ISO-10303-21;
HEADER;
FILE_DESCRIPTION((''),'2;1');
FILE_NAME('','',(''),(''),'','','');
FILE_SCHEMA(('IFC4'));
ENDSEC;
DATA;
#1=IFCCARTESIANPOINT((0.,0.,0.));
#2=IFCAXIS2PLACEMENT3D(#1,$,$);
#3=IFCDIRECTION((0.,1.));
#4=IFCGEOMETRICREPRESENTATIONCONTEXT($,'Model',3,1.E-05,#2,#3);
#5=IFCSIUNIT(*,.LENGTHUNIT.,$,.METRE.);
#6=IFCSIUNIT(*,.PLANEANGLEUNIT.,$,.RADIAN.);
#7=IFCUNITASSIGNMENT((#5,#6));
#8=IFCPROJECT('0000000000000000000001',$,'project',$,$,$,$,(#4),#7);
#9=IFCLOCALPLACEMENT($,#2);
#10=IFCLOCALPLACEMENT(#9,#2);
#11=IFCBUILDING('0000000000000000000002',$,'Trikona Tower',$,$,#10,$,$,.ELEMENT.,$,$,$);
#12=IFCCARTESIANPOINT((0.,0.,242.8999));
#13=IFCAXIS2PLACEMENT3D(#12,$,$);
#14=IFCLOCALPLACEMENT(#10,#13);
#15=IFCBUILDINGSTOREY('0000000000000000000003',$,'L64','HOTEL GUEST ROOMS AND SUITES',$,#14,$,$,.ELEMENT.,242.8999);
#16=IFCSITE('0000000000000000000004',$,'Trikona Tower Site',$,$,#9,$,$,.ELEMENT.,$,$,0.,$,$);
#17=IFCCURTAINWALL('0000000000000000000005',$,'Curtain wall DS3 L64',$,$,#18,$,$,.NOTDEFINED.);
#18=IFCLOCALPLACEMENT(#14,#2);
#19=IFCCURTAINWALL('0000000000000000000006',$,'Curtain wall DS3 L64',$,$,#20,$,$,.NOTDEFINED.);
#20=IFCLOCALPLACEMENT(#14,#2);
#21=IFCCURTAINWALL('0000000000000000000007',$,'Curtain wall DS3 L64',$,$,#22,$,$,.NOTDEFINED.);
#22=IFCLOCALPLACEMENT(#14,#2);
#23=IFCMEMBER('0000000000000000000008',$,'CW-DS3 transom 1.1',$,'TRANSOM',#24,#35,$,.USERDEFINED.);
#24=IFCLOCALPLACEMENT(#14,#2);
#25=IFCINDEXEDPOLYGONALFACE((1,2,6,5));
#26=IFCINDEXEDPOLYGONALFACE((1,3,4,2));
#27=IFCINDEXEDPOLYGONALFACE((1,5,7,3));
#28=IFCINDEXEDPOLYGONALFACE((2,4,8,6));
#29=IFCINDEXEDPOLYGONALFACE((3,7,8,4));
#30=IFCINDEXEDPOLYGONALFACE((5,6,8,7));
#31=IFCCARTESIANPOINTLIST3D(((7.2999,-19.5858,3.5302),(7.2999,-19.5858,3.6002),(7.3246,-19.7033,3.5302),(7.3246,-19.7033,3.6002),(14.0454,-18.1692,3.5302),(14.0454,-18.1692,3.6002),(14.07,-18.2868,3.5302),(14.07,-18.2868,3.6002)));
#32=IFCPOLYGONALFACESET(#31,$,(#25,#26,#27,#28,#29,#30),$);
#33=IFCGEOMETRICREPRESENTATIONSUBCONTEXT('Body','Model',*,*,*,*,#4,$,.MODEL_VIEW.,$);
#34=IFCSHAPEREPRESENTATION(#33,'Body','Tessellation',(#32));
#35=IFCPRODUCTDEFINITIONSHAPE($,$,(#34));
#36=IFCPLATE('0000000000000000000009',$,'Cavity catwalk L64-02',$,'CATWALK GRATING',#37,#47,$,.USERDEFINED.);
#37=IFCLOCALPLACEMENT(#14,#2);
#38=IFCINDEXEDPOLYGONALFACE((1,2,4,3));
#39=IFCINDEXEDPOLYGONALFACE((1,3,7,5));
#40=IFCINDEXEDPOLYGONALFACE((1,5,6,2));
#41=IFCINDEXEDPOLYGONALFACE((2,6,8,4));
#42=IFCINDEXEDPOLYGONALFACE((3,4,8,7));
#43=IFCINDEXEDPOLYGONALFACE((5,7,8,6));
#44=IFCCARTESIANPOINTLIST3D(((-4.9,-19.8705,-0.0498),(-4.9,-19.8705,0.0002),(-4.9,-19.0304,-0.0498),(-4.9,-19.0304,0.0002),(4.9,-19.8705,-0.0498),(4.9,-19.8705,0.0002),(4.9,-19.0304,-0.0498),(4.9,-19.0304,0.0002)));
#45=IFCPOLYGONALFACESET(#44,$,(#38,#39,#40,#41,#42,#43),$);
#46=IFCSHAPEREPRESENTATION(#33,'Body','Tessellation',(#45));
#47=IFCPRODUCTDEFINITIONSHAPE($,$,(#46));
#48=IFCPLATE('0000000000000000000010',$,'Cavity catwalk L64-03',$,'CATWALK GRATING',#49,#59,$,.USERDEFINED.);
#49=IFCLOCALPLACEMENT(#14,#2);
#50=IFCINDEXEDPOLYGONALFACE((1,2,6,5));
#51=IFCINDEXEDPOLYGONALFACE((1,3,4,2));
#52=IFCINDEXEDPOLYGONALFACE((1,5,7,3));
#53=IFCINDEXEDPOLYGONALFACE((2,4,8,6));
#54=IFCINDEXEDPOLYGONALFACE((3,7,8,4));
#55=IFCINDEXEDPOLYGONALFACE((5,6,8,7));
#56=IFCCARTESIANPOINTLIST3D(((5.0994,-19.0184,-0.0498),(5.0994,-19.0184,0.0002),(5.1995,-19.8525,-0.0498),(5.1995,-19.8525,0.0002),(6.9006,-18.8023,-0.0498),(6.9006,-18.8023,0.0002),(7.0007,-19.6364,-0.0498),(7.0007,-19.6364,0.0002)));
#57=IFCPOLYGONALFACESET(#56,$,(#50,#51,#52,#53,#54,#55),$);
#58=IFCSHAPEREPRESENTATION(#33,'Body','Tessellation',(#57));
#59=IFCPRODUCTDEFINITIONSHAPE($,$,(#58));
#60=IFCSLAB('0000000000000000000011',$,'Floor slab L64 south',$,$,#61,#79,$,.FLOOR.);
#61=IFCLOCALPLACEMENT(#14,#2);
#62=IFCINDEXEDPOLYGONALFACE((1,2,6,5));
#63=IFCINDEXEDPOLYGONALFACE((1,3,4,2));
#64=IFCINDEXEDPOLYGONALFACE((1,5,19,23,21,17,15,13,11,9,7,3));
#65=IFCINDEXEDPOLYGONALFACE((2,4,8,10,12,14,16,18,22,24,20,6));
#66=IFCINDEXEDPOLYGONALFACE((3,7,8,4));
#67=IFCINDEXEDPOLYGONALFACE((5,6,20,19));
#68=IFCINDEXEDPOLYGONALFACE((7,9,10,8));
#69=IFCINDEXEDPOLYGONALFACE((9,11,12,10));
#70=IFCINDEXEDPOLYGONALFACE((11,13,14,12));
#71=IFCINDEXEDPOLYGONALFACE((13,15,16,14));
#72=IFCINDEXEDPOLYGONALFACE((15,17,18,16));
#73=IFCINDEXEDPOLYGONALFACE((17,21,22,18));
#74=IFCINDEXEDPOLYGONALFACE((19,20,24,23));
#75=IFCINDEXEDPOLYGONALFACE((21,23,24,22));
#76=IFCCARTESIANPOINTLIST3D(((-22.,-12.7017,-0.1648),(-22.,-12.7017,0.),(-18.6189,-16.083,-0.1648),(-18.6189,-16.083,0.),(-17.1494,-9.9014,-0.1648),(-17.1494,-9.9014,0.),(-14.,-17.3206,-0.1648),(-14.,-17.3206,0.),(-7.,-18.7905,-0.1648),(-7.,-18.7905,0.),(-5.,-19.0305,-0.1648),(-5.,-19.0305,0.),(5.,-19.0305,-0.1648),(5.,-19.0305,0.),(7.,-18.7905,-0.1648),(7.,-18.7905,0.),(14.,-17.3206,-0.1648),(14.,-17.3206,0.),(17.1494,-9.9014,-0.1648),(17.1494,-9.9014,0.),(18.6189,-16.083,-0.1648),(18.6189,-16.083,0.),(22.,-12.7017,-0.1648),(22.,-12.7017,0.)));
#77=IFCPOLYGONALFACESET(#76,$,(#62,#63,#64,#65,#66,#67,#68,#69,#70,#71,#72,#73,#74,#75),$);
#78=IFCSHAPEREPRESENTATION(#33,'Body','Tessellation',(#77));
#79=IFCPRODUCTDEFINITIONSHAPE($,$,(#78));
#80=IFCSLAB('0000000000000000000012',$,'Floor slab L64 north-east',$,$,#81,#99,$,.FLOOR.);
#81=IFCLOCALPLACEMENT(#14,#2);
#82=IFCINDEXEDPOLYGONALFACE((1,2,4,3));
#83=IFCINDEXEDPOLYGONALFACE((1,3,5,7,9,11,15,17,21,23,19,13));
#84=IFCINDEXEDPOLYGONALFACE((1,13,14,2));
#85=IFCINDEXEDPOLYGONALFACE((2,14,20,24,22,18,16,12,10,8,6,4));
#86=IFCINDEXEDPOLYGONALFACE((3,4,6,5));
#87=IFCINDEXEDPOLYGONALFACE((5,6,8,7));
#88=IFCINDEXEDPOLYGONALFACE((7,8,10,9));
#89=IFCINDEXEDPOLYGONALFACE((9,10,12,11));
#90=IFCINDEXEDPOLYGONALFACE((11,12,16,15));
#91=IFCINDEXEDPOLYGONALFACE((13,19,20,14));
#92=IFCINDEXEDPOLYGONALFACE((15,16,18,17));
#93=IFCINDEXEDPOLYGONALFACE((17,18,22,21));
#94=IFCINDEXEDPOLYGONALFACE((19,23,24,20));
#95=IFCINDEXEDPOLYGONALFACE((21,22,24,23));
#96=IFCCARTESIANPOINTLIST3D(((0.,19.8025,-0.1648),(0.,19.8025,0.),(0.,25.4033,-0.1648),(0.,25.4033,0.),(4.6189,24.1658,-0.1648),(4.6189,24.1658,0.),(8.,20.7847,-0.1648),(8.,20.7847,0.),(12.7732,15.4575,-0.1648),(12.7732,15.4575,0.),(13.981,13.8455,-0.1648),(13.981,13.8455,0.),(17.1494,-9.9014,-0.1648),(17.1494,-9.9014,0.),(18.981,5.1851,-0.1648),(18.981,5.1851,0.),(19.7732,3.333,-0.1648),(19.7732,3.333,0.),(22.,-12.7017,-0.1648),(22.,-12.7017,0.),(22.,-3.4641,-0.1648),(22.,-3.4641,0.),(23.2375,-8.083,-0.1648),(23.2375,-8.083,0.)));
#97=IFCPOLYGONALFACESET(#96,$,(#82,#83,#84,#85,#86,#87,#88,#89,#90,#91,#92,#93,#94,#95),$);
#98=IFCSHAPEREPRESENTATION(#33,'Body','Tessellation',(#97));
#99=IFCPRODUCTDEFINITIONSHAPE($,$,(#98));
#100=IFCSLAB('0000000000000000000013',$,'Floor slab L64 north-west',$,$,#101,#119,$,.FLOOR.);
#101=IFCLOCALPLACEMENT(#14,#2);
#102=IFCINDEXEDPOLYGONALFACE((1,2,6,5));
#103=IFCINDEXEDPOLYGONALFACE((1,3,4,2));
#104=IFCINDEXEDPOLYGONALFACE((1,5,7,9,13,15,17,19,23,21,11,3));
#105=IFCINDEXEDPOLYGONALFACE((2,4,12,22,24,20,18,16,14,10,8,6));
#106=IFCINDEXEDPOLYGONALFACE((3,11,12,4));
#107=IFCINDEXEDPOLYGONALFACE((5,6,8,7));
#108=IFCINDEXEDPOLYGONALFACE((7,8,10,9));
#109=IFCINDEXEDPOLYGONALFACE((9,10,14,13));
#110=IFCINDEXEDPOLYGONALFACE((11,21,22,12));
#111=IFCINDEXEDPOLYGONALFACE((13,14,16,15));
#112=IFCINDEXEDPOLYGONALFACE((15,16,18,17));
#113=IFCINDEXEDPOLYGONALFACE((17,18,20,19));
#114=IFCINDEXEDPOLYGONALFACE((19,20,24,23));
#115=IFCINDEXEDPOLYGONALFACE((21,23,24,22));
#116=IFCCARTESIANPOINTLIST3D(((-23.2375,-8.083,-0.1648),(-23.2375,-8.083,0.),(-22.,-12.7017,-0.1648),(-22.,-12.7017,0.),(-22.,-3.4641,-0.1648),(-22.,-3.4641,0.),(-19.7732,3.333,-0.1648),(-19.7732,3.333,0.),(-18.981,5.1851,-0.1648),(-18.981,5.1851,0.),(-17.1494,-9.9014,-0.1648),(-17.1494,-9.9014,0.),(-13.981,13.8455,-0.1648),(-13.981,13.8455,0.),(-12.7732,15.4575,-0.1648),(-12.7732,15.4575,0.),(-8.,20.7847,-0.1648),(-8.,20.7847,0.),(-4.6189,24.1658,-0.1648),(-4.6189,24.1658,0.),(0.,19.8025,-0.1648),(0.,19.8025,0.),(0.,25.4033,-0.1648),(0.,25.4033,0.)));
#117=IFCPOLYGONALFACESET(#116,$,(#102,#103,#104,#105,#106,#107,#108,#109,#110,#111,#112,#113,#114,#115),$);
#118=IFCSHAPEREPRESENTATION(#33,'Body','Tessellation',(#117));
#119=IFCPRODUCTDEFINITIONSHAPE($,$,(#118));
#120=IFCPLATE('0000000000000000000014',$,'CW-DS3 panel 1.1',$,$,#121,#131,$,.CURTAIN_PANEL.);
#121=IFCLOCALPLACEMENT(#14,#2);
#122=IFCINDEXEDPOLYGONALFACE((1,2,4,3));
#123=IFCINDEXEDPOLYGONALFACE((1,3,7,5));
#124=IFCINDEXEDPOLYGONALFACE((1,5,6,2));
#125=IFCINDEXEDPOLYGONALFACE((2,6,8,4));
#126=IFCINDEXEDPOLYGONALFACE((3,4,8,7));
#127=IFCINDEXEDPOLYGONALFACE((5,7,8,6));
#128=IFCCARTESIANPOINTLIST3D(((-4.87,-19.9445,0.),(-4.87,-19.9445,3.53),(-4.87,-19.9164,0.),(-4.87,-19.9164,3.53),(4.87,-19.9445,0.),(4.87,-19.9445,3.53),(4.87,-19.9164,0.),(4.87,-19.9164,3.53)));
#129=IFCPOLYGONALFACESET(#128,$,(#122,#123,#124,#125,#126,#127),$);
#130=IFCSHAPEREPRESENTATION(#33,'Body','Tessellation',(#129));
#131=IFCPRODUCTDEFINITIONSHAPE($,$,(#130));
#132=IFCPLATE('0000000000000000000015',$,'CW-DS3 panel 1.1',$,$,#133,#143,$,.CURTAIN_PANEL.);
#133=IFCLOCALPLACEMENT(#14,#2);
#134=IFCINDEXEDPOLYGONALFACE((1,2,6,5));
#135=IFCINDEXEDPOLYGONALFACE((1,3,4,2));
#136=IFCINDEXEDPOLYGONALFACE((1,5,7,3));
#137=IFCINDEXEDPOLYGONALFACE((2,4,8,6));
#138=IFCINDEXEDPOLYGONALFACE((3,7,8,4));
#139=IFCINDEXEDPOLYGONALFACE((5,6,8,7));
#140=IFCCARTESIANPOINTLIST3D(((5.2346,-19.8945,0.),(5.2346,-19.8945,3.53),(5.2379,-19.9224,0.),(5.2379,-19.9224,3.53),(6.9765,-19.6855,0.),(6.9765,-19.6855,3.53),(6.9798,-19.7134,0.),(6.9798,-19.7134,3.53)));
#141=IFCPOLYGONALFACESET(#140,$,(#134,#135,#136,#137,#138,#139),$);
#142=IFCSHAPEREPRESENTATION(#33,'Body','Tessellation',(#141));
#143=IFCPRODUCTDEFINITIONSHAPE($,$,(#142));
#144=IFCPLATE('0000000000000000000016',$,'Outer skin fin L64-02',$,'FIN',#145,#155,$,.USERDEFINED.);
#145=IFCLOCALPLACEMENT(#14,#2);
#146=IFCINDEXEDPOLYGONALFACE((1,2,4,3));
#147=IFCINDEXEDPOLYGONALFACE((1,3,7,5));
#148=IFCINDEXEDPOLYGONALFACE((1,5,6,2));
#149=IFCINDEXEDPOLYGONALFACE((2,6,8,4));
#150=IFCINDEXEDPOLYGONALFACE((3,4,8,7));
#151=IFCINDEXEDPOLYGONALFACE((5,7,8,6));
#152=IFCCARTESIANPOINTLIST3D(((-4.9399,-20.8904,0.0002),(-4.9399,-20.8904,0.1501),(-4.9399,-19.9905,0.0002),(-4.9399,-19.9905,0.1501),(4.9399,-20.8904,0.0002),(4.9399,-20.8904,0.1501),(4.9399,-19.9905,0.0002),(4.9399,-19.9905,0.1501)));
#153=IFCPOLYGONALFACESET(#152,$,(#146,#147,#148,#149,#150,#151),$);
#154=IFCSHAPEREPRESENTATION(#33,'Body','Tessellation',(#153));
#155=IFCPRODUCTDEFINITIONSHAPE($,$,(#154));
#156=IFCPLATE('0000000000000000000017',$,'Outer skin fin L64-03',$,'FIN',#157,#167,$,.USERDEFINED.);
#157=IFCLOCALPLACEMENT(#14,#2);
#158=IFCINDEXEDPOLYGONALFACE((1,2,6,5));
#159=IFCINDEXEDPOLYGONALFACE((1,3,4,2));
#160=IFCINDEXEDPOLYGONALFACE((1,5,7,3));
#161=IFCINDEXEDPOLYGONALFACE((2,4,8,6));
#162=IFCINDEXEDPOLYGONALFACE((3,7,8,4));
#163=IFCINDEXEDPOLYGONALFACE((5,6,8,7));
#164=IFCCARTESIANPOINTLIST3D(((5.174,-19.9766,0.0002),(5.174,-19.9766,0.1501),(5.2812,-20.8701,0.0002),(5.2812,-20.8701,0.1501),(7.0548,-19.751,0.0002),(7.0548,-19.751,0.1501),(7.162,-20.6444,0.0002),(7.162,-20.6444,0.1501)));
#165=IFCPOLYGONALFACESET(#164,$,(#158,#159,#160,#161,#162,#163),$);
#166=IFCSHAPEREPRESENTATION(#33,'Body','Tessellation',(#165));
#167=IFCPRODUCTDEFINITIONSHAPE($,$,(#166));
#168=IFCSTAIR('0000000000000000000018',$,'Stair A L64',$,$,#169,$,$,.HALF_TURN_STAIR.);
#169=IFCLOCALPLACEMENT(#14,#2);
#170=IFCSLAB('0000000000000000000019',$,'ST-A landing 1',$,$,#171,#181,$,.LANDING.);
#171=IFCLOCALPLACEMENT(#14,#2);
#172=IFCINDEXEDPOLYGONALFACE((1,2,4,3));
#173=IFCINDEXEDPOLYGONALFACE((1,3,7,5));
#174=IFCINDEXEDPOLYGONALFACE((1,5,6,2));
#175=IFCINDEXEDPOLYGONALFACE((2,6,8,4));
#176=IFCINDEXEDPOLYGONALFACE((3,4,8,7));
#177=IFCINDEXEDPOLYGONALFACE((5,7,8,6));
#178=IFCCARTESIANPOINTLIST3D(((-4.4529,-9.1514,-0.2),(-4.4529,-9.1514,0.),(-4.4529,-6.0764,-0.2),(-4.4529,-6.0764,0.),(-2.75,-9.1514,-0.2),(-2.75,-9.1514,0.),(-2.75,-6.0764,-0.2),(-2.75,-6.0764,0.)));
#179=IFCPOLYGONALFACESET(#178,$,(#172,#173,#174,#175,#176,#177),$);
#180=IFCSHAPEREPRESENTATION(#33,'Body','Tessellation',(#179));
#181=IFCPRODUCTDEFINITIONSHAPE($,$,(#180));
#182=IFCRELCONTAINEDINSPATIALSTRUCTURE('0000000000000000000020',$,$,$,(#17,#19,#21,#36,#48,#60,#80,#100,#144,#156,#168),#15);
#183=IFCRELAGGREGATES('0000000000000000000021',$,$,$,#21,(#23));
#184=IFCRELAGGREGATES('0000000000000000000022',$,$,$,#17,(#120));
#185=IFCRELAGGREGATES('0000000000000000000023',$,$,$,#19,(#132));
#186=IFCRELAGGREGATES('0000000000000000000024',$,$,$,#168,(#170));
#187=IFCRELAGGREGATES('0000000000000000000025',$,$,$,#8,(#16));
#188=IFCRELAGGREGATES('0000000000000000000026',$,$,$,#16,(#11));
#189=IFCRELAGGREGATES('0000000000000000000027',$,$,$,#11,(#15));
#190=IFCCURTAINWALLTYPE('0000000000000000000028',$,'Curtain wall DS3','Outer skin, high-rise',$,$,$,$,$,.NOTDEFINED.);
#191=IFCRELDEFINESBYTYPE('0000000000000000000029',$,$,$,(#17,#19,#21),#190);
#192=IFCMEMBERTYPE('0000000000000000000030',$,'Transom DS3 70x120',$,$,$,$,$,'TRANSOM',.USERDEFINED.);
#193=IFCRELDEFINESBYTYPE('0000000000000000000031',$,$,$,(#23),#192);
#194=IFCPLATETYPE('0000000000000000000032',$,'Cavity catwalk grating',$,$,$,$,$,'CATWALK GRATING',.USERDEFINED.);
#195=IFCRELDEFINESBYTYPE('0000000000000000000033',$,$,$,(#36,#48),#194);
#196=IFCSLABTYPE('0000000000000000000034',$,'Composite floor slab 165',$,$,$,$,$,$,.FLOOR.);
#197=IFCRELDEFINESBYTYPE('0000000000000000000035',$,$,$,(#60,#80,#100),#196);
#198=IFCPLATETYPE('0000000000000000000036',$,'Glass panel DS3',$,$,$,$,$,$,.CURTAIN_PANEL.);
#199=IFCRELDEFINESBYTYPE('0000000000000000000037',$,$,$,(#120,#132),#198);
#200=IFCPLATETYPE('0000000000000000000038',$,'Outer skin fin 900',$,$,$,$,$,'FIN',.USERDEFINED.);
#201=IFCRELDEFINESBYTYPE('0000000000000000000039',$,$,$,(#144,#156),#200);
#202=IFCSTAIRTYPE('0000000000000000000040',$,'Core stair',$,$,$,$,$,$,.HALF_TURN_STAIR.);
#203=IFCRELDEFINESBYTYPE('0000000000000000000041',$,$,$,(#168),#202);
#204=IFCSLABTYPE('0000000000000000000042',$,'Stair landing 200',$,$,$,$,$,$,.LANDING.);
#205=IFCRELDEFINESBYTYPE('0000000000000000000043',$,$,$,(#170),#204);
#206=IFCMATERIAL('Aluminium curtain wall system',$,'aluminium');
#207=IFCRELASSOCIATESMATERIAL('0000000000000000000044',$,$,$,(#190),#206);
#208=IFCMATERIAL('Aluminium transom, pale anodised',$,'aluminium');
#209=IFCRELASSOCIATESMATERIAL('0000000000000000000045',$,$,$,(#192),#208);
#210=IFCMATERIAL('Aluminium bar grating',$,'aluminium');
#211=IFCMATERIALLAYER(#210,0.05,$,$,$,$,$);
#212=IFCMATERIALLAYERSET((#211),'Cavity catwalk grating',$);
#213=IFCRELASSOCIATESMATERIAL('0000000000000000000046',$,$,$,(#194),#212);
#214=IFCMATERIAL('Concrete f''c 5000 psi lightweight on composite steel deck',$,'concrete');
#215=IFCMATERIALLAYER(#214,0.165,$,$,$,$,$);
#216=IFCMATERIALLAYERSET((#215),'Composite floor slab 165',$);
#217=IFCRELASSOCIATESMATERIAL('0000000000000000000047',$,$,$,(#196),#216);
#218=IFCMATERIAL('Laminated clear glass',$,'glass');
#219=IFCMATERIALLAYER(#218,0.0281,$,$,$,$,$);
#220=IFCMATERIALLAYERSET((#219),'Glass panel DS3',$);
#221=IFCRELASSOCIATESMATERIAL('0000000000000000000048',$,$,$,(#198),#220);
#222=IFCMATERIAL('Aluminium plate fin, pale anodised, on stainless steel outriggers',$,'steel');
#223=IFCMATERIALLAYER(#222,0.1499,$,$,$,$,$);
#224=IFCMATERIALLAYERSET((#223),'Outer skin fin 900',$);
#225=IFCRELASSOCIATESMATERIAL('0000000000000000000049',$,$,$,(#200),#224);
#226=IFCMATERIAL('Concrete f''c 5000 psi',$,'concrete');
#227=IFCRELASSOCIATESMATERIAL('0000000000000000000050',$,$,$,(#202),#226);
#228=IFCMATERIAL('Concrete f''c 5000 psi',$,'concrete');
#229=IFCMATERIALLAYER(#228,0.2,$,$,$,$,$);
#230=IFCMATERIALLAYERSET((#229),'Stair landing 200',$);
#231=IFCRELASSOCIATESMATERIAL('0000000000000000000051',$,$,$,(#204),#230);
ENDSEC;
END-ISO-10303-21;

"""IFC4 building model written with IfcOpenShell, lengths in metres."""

from ifc_helpers import new_model, si_unit, direction, frame, origin, origin_2d, place, context, subcontext, project, spatial, polyline, rectangle, outline, extrude, material, layer, layer_set, material_profile, profile_set, type_object, element, aggregate, save


model = new_model("IFC4")

# Units and contexts
model_context = context("Model", 3, precision=1e-05, world=origin(), true_north=direction((0.0, 1.0)))
body_context = subcontext(model_context, "Body", "Model", "MODEL_VIEW")
ifc_project = project(units=[si_unit("LENGTHUNIT", "METRE"), si_unit("PLANEANGLEUNIT", "RADIAN")], contexts=[model_context])

# Site, building, storey
site_placement = place(None, origin())
site = spatial("IfcSite", under=ifc_project, at=site_placement, Name="Trikona Tower Site", CompositionType="ELEMENT", RefElevation=0.0)
building_placement = place(site_placement, origin())
building = spatial("IfcBuilding", under=site, at=building_placement, Name="Trikona Tower", CompositionType="ELEMENT")
storey_placement = place(building_placement, frame((0.0, 0.0, 242.8999)))
storey = spatial("IfcBuildingStorey", under=building, at=storey_placement, Name="L64", Description="HOTEL GUEST ROOMS AND SUITES", CompositionType="ELEMENT", Elevation=242.8999)

# Curtain wall
ifc_material_1 = material(Name="Aluminium curtain wall system", Category="aluminium")
curtain_wall_type = type_object("IfcCurtainWallType", Name="Curtain wall DS3", Description="Outer skin, high-rise", PredefinedType="NOTDEFINED", material=ifc_material_1)
curtain_wall_1_placement = place(storey_placement, origin())
curtain_wall_1 = element("IfcCurtainWall", 1, at=curtain_wall_1_placement, inside=storey, type_object=curtain_wall_type, Name="Curtain wall DS3 L64", PredefinedType="NOTDEFINED")

# Curtain wall
curtain_wall_2_placement = place(storey_placement, origin())
curtain_wall_2 = element("IfcCurtainWall", 2, at=curtain_wall_2_placement, inside=storey, type_object=curtain_wall_type, Name="Curtain wall DS3 L64", PredefinedType="NOTDEFINED")

# Curtain wall
curtain_wall_3_placement = place(storey_placement, origin())
curtain_wall_3 = element("IfcCurtainWall", 3, at=curtain_wall_3_placement, inside=storey, type_object=curtain_wall_type, Name="Curtain wall DS3 L64", PredefinedType="NOTDEFINED")

# Member
ifc_material_2 = material(Name="Aluminium transom, pale anodised", Category="aluminium")
ifc_material_profile_1 = material_profile(ifc_material_2, rectangle(XDim=0.1201, YDim=0.0701, at=origin_2d()), Name="TRN-DS3")
ifc_profile_set_1 = profile_set([ifc_material_profile_1], Name="Aluminium transom, pale anodised")
member_type_1 = type_object("IfcMemberType", Name="Transom DS3 70x120", ElementType="TRANSOM", PredefinedType="USERDEFINED", material=ifc_profile_set_1)
member_1_placement = place(storey_placement, frame((7.3123, -19.6445, 3.5652), z_axis=(0.978654, 0.205514, 0.0), x_axis=(-0.205514, 0.978654, 0.0)))
member_1 = element("IfcMember", 4, at=member_1_placement, type_object=member_type_1, Name="CW-DS3 transom 1.1", ObjectType="TRANSOM", PredefinedType="USERDEFINED", context=body_context, shape_type="SweptSolid", body=[
    extrude(rectangle(XDim=0.1201, YDim=0.0701, at=origin_2d()), origin(), (0.0, 0.0, 1.0), 6.8926),
])
aggregate(curtain_wall_3, [member_1])

# Plates
ifc_material_3 = material(Name="Aluminium bar grating", Category="aluminium")
ifc_layer_1 = layer(ifc_material_3, 0.05)
ifc_layer_set_1 = layer_set([ifc_layer_1], Name="Cavity catwalk grating")
plate_type_1 = type_object("IfcPlateType", Name="Cavity catwalk grating", ElementType="CATWALK GRATING", PredefinedType="USERDEFINED", material=ifc_layer_set_1)
plate_1_placement = place(storey_placement, frame((0.0, -19.4504, -0.0498), z_axis=(0.0, 0.0, 1.0), x_axis=(1.0, 0.0, 0.0)))
element("IfcPlate", 5, at=plate_1_placement, inside=storey, type_object=plate_type_1, Name="Cavity catwalk L64-02", ObjectType="CATWALK GRATING", PredefinedType="USERDEFINED", context=body_context, shape_type="SweptSolid", body=[
    extrude(rectangle(XDim=9.8, YDim=0.8401, at=origin_2d()), origin(), (0.0, 0.0, 1.0), 0.05),
])
plate_2_placement = place(storey_placement, frame((6.05, -19.3274, -0.0498), z_axis=(0.0, 0.0, 1.0), x_axis=(0.992877, 0.119146, 0.0)))
element("IfcPlate", 6, at=plate_2_placement, inside=storey, type_object=plate_type_1, Name="Cavity catwalk L64-03", ObjectType="CATWALK GRATING", PredefinedType="USERDEFINED", context=body_context, shape_type="SweptSolid", body=[
    extrude(rectangle(XDim=1.8142, YDim=0.8401, at=origin_2d()), origin(), (0.0, 0.0, 1.0), 0.05),
])

# Slabs
ifc_material_4 = material(Name="Concrete f'c 5000 psi lightweight on composite steel deck", Category="concrete")
ifc_layer_2 = layer(ifc_material_4, 0.165)
ifc_layer_set_2 = layer_set([ifc_layer_2], Name="Composite floor slab 165")
slab_type_1 = type_object("IfcSlabType", Name="Composite floor slab 165", PredefinedType="FLOOR", material=ifc_layer_set_2)
slab_1_placement = place(storey_placement, frame((0.0, 0.0, -0.1648)))
element("IfcSlab", 7, at=slab_1_placement, inside=storey, type_object=slab_type_1, Name="Floor slab L64 south", PredefinedType="FLOOR", context=body_context, shape_type="SweptSolid", body=[
    extrude(outline(polyline([(18.6189, -16.083), (22.0, -12.7017), (17.1494, -9.9014), (-17.1494, -9.9014), (-22.0, -12.7017), (-18.6189, -16.083), (-14.0, -17.3206), (-7.0, -18.7905), (-5.0, -19.0305), (5.0, -19.0305), (7.0, -18.7905), (14.0, -17.3206), (18.6189, -16.083)])), origin(), (0.0, 0.0, 1.0), 0.1648),
])
slab_2_placement = place(storey_placement, frame((0.0, 0.0, -0.1648)))
element("IfcSlab", 8, at=slab_2_placement, inside=storey, type_object=slab_type_1, Name="Floor slab L64 north-east", PredefinedType="FLOOR", context=body_context, shape_type="SweptSolid", body=[
    extrude(outline(polyline([(4.6189, 24.1658), (0.0, 25.4033), (0.0, 19.8025), (17.1494, -9.9014), (22.0, -12.7017), (23.2375, -8.083), (22.0, -3.4641), (19.7732, 3.333), (18.981, 5.1851), (13.981, 13.8455), (12.7732, 15.4575), (8.0, 20.7847), (4.6189, 24.1658)])), origin(), (0.0, 0.0, 1.0), 0.1648),
])
slab_3_placement = place(storey_placement, frame((0.0, 0.0, -0.1648)))
element("IfcSlab", 9, at=slab_3_placement, inside=storey, type_object=slab_type_1, Name="Floor slab L64 north-west", PredefinedType="FLOOR", context=body_context, shape_type="SweptSolid", body=[
    extrude(outline(polyline([(0.0, 19.8025), (0.0, 25.4033), (-4.6189, 24.1658), (-8.0, 20.7847), (-12.7732, 15.4575), (-13.981, 13.8455), (-18.981, 5.1851), (-19.7732, 3.333), (-22.0, -3.4641), (-23.2375, -8.083), (-22.0, -12.7017), (-17.1494, -9.9014), (0.0, 19.8025)])), origin(), (0.0, 0.0, 1.0), 0.1648),
])

# Plates
ifc_material_5 = material(Name="Laminated clear glass", Category="glass")
ifc_layer_3 = layer(ifc_material_5, 0.0281)
ifc_layer_set_3 = layer_set([ifc_layer_3], Name="Glass panel DS3")
plate_type_2 = type_object("IfcPlateType", Name="Glass panel DS3", PredefinedType="CURTAIN_PANEL", material=ifc_layer_set_3)
plate_3_placement = place(storey_placement, frame((0.0, -19.9304, 0.0), z_axis=(0.0, 0.0, 1.0), x_axis=(1.0, 0.0, 0.0)))
plate_3 = element("IfcPlate", 10, at=plate_3_placement, type_object=plate_type_2, Name="CW-DS3 panel 1.1", PredefinedType="CURTAIN_PANEL", context=body_context, shape_type="SweptSolid", body=[
    extrude(rectangle(XDim=9.74, YDim=0.0281, at=origin_2d()), origin(), (0.0, 0.0, 1.0), 3.53),
])
aggregate(curtain_wall_1, [plate_3])
plate_4_placement = place(storey_placement, frame((6.1072, -19.804, 0.0), z_axis=(0.0, 0.0, 1.0), x_axis=(0.992877, 0.119141, 0.0)))
plate_4 = element("IfcPlate", 11, at=plate_4_placement, type_object=plate_type_2, Name="CW-DS3 panel 1.1", PredefinedType="CURTAIN_PANEL", context=body_context, shape_type="SweptSolid", body=[
    extrude(rectangle(XDim=1.7544, YDim=0.0281, at=origin_2d()), origin(), (0.0, 0.0, 1.0), 3.53),
])
aggregate(curtain_wall_2, [plate_4])

# Plates
ifc_material_6 = material(Name="Aluminium plate fin, pale anodised, on stainless steel outriggers", Category="steel")
ifc_layer_4 = layer(ifc_material_6, 0.1499)
ifc_layer_set_4 = layer_set([ifc_layer_4], Name="Outer skin fin 900")
plate_type_3 = type_object("IfcPlateType", Name="Outer skin fin 900", ElementType="FIN", PredefinedType="USERDEFINED", material=ifc_layer_set_4)
plate_5_placement = place(storey_placement, frame((0.0, -20.4404, 0.0002), z_axis=(0.0, 0.0, 1.0), x_axis=(1.0, 0.0, 0.0)))
element("IfcPlate", 12, at=plate_5_placement, inside=storey, type_object=plate_type_3, Name="Outer skin fin L64-02", ObjectType="FIN", PredefinedType="USERDEFINED", context=body_context, shape_type="SweptSolid", body=[
    extrude(rectangle(XDim=9.8799, YDim=0.8999, at=origin_2d()), origin(), (0.0, 0.0, 1.0), 0.1499),
])
plate_6_placement = place(storey_placement, frame((6.168, -20.3105, 0.0002), z_axis=(0.0, 0.0, 1.0), x_axis=(0.992877, 0.119146, 0.0)))
element("IfcPlate", 13, at=plate_6_placement, inside=storey, type_object=plate_type_3, Name="Outer skin fin L64-03", ObjectType="FIN", PredefinedType="USERDEFINED", context=body_context, shape_type="SweptSolid", body=[
    extrude(rectangle(XDim=1.8943, YDim=0.8999, at=origin_2d()), origin(), (0.0, 0.0, 1.0), 0.1499),
])

# Stair, slab
ifc_material_7 = material(Name="Concrete f'c 5000 psi", Category="concrete")
stair_type = type_object("IfcStairType", Name="Core stair", PredefinedType="HALF_TURN_STAIR", material=ifc_material_7)
stair_placement = place(storey_placement, origin())
stair = element("IfcStair", 14, at=stair_placement, inside=storey, type_object=stair_type, Name="Stair A L64", PredefinedType="HALF_TURN_STAIR")
ifc_material_8 = material(Name="Concrete f'c 5000 psi", Category="concrete")
ifc_layer_5 = layer(ifc_material_8, 0.2)
ifc_layer_set_5 = layer_set([ifc_layer_5], Name="Stair landing 200")
slab_type_2 = type_object("IfcSlabType", Name="Stair landing 200", PredefinedType="LANDING", material=ifc_layer_set_5)
slab_4_placement = place(storey_placement, frame((0.0, 0.0, -0.2)))
slab_4 = element("IfcSlab", 15, at=slab_4_placement, type_object=slab_type_2, Name="ST-A landing 1", PredefinedType="LANDING", context=body_context, shape_type="SweptSolid", body=[
    extrude(outline(polyline([(-4.4529, -6.0764), (-2.75, -6.0764), (-2.75, -9.1514), (-4.4529, -9.1514), (-4.4529, -6.0764)])), origin(), (0.0, 0.0, 1.0), 0.2),
])
aggregate(stair, [slab_4])

save(model, "model.ifc")
